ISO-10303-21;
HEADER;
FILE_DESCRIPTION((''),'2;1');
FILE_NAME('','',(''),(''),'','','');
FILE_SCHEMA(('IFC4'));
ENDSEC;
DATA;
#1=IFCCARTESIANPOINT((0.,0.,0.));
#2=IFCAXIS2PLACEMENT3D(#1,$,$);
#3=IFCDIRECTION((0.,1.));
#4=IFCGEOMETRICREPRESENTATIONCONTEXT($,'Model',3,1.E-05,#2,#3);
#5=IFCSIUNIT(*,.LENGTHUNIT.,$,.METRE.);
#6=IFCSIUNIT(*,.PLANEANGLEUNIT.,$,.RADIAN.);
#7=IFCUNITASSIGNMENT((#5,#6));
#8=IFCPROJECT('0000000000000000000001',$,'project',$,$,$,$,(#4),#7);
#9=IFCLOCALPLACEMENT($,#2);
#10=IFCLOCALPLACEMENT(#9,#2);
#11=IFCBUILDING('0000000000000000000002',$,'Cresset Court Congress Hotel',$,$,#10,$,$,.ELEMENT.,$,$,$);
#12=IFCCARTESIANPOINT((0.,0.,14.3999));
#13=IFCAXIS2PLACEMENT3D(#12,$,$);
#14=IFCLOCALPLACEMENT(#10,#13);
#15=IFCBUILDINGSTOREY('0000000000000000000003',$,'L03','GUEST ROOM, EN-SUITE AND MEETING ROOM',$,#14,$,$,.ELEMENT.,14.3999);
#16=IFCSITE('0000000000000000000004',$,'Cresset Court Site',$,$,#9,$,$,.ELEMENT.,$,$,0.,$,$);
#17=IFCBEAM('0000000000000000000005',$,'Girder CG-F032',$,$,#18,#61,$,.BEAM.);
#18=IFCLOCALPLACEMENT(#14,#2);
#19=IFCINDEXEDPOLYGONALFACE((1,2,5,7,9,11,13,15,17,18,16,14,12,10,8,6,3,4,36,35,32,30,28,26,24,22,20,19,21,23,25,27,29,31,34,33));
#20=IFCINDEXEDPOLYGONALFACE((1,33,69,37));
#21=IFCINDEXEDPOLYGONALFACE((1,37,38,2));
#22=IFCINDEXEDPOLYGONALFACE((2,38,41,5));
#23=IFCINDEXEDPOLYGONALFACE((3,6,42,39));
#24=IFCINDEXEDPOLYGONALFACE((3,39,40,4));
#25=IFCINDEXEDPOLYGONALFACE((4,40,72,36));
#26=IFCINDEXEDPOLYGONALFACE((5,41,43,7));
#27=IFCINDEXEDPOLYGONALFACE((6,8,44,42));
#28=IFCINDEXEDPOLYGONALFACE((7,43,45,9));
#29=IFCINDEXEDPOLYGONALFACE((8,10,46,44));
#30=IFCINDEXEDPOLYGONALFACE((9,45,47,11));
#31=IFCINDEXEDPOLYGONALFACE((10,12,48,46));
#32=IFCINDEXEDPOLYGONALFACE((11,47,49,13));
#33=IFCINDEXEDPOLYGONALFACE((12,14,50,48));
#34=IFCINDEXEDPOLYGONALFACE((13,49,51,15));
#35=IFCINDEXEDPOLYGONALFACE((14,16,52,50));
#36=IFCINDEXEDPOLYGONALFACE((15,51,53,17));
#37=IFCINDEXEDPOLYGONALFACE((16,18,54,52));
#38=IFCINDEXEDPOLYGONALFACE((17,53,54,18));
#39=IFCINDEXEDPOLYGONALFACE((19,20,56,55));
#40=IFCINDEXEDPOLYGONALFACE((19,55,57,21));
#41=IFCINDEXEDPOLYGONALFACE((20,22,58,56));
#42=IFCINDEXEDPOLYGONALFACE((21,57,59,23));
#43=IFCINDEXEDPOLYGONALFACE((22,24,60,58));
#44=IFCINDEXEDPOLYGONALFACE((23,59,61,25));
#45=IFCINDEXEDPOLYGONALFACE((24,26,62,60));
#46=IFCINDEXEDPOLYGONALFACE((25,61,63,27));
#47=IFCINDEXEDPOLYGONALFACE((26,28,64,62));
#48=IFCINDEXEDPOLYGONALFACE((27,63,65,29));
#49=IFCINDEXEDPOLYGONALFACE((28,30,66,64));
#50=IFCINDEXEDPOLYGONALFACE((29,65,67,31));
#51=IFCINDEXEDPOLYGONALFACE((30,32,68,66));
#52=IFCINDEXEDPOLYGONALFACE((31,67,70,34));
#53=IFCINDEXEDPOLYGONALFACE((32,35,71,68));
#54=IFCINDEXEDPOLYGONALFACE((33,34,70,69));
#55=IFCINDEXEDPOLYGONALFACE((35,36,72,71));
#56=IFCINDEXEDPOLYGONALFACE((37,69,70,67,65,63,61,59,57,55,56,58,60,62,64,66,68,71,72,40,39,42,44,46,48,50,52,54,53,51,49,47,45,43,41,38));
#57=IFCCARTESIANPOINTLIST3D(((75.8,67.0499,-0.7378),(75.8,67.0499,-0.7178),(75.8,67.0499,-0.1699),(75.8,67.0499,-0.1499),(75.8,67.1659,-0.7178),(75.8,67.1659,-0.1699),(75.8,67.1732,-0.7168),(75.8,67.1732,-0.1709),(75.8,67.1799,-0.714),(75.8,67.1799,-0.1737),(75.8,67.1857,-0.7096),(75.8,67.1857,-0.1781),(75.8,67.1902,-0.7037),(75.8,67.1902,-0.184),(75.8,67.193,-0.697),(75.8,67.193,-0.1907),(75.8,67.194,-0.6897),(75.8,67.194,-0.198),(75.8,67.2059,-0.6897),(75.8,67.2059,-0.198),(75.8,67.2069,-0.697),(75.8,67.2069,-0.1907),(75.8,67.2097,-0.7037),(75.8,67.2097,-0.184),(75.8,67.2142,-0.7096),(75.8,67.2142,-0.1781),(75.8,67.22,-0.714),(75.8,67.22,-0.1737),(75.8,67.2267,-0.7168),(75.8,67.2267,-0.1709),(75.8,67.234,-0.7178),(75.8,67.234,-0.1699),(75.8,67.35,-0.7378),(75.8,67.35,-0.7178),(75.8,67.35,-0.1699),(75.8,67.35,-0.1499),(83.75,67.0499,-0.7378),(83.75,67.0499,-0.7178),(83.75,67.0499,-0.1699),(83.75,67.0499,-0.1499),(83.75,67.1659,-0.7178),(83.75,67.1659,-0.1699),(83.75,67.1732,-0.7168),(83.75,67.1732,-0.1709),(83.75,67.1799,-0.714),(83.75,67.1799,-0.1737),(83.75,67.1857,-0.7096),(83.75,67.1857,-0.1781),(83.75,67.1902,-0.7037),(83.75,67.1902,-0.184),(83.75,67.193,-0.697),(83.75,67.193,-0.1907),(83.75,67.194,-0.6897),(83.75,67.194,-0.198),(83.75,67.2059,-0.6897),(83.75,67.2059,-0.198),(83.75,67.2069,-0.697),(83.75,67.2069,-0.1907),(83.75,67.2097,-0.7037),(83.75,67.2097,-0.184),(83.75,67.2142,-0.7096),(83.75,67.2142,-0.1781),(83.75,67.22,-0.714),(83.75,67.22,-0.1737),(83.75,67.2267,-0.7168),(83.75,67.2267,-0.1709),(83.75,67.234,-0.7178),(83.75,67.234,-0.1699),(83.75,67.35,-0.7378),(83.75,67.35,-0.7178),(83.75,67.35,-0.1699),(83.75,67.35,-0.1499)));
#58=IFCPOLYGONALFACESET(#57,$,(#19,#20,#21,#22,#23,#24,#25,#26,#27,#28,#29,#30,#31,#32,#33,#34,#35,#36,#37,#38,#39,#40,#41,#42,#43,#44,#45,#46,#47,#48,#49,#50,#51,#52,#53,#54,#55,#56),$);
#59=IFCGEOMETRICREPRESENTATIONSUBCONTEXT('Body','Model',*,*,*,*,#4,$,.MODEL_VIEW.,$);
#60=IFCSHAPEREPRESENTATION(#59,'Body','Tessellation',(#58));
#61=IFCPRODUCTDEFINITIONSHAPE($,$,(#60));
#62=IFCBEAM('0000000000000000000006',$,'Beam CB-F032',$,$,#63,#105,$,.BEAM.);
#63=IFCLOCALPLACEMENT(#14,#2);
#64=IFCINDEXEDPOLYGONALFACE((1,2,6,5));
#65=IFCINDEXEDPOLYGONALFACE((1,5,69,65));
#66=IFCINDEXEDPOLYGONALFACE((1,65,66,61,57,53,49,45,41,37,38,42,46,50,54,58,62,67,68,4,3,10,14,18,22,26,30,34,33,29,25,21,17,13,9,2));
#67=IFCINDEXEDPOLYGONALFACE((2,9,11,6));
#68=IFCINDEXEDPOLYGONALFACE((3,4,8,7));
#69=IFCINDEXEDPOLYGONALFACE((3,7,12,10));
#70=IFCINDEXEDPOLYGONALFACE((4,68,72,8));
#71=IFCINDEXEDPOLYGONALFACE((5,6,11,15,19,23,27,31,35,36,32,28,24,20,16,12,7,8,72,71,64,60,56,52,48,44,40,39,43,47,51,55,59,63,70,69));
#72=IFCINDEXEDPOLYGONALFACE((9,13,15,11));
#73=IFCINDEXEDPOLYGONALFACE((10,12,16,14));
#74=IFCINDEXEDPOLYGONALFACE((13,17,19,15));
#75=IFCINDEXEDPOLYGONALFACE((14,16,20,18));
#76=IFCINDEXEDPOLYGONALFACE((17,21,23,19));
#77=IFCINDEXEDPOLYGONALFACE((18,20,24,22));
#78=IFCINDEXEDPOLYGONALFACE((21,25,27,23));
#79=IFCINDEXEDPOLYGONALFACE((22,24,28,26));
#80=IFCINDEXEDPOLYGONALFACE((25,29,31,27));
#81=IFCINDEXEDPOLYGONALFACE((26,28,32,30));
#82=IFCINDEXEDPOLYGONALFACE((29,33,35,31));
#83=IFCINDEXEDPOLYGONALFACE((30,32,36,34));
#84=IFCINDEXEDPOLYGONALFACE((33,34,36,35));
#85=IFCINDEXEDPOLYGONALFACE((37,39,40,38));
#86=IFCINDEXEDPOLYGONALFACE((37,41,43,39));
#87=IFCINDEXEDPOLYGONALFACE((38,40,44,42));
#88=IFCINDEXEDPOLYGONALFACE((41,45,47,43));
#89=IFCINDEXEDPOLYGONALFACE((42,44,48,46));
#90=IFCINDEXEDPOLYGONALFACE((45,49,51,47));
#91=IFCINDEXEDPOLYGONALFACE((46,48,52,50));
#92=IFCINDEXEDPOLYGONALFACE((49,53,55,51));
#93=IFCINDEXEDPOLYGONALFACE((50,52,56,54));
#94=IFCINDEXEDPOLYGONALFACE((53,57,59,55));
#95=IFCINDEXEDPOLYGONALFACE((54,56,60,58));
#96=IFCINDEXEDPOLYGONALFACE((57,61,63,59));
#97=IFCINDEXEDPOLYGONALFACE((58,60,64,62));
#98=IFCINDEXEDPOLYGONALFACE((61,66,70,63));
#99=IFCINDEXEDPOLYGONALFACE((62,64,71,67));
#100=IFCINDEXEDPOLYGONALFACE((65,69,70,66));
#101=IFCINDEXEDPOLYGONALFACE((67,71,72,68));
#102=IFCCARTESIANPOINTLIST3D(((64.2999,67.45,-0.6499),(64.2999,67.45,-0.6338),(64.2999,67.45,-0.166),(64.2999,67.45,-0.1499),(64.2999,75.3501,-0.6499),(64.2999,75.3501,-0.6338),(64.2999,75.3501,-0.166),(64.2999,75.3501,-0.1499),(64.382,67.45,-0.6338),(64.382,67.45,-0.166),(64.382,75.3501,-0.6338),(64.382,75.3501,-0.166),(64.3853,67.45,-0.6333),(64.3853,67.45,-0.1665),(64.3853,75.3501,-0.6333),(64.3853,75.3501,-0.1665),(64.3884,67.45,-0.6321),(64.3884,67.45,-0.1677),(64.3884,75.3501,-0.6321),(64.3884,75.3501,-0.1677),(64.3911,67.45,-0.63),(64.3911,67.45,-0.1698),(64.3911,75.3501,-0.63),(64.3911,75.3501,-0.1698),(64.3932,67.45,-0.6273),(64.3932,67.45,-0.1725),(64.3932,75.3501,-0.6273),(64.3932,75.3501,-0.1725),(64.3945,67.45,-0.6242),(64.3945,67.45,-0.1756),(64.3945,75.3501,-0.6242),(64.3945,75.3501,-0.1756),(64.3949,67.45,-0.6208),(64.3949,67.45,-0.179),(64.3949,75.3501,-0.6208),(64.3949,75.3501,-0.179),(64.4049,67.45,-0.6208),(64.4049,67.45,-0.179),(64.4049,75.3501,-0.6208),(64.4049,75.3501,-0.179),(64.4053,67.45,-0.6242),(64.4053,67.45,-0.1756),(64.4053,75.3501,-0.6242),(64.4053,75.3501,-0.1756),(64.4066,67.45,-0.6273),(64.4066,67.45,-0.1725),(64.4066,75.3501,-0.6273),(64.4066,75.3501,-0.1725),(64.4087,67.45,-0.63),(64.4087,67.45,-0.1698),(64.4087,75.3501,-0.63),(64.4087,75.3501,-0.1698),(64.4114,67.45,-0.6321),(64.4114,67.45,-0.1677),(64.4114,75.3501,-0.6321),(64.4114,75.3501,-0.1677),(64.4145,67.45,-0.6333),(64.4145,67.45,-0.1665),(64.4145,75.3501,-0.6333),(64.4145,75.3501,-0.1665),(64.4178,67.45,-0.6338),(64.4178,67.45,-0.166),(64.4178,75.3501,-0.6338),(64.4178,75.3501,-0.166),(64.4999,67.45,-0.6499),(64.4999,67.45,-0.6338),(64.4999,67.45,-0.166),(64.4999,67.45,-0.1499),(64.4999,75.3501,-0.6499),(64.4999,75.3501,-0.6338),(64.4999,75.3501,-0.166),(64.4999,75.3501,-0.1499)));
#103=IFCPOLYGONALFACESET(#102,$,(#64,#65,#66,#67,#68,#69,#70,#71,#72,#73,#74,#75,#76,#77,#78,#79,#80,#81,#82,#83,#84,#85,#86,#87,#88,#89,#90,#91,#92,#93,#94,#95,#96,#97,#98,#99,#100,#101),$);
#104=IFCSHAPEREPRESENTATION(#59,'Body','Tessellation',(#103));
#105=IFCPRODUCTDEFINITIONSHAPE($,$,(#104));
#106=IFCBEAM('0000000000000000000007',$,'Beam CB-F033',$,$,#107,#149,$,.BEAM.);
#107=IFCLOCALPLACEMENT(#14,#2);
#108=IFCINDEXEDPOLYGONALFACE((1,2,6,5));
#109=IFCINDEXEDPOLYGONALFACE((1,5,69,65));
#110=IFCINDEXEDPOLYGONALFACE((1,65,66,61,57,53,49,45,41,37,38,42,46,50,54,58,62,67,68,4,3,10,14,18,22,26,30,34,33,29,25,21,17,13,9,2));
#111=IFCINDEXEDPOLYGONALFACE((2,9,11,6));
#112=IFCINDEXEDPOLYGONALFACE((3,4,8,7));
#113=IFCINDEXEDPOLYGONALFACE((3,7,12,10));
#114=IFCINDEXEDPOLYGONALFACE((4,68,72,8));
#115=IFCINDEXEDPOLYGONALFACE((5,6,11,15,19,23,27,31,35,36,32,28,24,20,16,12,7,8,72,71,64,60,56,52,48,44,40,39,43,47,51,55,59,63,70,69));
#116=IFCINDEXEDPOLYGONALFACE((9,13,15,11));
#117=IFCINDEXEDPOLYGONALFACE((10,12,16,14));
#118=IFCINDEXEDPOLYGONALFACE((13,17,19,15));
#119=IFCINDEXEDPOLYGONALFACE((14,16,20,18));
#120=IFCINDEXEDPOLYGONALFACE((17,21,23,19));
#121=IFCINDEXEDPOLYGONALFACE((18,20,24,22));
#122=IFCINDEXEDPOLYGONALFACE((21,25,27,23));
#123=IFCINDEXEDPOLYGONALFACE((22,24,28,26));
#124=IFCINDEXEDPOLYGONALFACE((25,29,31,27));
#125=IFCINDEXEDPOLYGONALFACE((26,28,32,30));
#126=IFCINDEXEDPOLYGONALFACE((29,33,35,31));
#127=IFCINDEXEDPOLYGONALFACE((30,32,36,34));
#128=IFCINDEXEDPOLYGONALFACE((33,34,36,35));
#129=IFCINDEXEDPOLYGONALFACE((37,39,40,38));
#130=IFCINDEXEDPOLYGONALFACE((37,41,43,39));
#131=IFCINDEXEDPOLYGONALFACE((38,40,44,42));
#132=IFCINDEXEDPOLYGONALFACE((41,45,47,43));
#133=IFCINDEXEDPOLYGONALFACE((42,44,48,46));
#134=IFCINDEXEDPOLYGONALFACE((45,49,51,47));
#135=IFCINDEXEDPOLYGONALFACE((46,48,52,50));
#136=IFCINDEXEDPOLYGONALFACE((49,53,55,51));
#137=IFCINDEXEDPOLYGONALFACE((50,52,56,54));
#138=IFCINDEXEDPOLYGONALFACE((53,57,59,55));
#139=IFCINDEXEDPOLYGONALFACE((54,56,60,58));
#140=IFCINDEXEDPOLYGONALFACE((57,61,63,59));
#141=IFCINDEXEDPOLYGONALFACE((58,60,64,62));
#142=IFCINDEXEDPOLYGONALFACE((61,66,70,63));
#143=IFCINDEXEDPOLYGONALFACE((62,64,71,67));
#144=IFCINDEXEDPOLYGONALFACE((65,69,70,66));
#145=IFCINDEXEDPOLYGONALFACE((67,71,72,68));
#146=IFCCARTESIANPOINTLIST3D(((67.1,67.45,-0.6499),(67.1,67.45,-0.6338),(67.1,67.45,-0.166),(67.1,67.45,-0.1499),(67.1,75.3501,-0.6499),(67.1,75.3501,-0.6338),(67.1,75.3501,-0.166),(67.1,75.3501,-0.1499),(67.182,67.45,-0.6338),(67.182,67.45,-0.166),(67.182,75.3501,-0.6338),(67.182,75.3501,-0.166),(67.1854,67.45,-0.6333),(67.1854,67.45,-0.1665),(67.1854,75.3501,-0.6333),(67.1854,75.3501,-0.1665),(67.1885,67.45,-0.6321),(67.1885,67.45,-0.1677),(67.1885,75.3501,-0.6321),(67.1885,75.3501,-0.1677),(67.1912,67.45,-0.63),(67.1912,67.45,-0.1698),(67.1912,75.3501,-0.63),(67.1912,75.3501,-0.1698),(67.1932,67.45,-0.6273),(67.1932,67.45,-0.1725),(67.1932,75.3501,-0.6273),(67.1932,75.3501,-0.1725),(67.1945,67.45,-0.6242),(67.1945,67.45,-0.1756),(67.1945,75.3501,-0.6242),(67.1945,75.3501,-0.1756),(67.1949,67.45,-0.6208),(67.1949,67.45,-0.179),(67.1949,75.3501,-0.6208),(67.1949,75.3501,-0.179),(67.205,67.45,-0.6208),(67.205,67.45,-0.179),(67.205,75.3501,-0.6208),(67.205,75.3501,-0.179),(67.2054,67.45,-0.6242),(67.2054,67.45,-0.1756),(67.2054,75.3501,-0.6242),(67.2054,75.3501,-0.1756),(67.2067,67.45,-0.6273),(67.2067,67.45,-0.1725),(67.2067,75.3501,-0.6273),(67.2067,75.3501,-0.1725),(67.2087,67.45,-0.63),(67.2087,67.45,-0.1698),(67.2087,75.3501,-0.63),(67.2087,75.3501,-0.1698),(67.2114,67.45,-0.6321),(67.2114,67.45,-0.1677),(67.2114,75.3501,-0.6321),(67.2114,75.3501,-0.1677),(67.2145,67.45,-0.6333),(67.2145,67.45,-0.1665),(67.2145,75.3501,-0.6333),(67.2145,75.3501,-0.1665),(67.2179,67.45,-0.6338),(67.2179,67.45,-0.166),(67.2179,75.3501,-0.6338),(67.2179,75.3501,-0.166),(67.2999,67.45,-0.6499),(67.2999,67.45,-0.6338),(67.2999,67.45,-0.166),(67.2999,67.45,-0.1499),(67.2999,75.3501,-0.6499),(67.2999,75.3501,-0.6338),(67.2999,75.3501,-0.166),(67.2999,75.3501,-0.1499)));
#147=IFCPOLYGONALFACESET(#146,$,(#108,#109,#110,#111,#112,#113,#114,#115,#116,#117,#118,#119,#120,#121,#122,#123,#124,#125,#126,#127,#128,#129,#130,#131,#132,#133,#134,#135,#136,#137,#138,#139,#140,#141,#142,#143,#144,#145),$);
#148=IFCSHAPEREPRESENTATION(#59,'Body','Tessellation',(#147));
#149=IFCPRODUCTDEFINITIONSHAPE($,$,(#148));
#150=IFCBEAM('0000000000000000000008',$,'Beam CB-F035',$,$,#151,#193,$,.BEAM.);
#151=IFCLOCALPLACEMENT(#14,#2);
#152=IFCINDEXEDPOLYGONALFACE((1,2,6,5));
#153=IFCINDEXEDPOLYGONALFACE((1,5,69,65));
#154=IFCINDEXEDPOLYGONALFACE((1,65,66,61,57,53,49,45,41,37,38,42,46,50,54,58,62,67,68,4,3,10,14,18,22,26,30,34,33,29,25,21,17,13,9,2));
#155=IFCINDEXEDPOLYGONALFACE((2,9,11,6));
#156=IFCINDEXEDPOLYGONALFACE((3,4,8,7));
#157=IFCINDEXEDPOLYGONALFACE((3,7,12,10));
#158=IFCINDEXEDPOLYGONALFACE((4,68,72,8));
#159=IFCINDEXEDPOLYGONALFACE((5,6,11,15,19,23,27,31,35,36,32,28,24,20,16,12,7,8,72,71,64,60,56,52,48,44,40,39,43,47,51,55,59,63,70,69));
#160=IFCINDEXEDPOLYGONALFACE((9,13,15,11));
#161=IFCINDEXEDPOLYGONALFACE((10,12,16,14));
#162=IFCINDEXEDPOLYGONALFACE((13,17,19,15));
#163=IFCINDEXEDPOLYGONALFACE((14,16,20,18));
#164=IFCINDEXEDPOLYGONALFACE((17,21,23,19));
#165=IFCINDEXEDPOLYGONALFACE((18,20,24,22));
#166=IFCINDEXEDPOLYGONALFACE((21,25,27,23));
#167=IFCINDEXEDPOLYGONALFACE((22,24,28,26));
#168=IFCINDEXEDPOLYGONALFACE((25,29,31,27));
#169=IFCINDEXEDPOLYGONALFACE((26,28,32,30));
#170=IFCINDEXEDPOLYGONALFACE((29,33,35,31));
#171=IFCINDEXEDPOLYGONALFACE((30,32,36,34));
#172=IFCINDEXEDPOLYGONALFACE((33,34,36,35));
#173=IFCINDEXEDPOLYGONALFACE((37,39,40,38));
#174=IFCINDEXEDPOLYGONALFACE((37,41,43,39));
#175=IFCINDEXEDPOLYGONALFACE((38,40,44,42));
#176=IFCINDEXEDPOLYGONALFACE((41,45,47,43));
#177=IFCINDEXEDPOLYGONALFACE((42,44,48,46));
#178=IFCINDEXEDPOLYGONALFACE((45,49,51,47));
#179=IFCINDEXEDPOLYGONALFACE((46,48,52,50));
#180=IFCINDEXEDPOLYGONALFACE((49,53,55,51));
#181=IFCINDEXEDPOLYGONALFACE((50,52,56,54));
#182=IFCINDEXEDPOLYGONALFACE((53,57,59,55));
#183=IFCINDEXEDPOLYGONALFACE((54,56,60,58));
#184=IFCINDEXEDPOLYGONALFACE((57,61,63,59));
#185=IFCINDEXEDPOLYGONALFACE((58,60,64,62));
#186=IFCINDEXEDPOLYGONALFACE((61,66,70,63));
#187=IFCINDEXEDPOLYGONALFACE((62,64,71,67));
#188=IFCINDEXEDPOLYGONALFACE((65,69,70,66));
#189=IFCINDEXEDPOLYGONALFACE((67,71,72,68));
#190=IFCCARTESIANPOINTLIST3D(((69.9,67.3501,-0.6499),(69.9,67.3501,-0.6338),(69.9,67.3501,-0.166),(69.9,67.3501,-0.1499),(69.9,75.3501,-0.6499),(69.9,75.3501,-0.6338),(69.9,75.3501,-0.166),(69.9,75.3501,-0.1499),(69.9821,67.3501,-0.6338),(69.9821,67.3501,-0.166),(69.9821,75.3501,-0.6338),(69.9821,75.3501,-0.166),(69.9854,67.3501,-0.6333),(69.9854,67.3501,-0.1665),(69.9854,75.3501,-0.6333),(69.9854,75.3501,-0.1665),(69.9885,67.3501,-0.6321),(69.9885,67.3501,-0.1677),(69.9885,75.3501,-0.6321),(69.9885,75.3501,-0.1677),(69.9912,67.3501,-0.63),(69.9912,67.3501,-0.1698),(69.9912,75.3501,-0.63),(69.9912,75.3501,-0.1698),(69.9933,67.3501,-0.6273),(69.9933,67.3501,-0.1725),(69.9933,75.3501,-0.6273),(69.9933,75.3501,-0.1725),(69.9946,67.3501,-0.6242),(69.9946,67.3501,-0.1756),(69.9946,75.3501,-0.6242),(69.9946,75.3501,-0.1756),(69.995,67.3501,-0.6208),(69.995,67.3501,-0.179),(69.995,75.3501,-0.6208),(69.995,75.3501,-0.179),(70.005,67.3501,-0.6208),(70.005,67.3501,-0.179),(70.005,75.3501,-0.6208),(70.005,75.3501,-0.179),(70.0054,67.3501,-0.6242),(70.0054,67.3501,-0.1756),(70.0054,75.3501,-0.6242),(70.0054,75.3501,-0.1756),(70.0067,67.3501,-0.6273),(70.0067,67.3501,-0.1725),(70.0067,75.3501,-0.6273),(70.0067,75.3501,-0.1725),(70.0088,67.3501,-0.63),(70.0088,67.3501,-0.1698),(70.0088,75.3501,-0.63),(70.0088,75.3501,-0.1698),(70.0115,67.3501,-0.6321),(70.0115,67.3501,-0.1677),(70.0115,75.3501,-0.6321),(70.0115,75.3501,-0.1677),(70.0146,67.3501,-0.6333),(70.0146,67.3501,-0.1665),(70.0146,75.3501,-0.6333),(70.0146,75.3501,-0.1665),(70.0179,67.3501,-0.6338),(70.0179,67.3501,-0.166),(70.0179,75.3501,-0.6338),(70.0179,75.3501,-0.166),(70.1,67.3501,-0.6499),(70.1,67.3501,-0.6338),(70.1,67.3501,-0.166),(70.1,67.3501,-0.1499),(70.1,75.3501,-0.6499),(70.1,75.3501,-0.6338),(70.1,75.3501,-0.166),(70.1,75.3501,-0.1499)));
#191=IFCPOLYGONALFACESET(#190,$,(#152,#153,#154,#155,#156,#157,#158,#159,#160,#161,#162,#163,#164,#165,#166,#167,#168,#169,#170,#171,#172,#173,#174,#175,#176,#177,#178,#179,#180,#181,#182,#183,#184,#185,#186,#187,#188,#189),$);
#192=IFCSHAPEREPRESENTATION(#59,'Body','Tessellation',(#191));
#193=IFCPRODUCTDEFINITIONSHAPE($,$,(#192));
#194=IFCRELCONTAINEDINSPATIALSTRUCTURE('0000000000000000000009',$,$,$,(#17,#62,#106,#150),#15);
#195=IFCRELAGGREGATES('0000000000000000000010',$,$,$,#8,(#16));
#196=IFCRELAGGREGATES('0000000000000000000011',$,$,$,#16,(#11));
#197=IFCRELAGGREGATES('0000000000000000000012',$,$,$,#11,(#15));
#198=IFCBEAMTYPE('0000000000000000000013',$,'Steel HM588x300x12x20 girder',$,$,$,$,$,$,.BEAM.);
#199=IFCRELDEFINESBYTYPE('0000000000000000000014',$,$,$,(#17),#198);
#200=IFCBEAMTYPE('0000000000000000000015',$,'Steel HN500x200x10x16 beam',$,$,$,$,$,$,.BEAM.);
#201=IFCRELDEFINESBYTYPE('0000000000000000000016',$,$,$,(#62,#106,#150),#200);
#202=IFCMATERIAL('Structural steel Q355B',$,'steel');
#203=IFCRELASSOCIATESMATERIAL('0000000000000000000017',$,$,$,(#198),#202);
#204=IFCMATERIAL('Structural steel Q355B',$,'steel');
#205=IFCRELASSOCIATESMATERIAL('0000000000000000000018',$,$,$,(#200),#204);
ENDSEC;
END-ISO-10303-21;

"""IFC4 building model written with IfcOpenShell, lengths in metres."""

from ifc_helpers import new_model, si_unit, direction, frame, origin, origin_2d, place, context, subcontext, project, spatial, i_section, extrude, material, material_profile, profile_set, type_object, element, save


model = new_model("IFC4")

# Units and contexts
model_context = context("Model", 3, precision=1e-05, world=origin(), true_north=direction((0.0, 1.0)))
body_context = subcontext(model_context, "Body", "Model", "MODEL_VIEW")
ifc_project = project(units=[si_unit("LENGTHUNIT", "METRE"), si_unit("PLANEANGLEUNIT", "RADIAN")], contexts=[model_context])

# Site, building, storey
site_placement = place(None, origin())
site = spatial("IfcSite", under=ifc_project, at=site_placement, Name="Cresset Court Site", CompositionType="ELEMENT", RefElevation=0.0)
building_placement = place(site_placement, origin())
building = spatial("IfcBuilding", under=site, at=building_placement, Name="Cresset Court Congress Hotel", CompositionType="ELEMENT")
storey_placement = place(building_placement, frame((0.0, 0.0, 14.3999)))
storey = spatial("IfcBuildingStorey", under=building, at=storey_placement, Name="L03", Description="GUEST ROOM, EN-SUITE AND MEETING ROOM", CompositionType="ELEMENT", Elevation=14.3999)

# Beams
ifc_material_1 = material(Name="Structural steel Q355B", Category="steel")
ifc_material_profile_1 = material_profile(ifc_material_1, i_section(OverallWidth=0.3, OverallDepth=0.5879, WebThickness=0.012, FlangeThickness=0.02, FilletRadius=0.0281, at=origin_2d()), Name="HM588x300x12x20")
ifc_profile_set_1 = profile_set([ifc_material_profile_1], Name="Structural steel Q355B")
beam_type_1 = type_object("IfcBeamType", Name="Steel HM588x300x12x20 girder", PredefinedType="BEAM", material=ifc_profile_set_1)
beam_placement = place(storey_placement, frame((75.8, 67.2, -0.4438), z_axis=(1.0, 0.0, 0.0), x_axis=(0.0, 1.0, 0.0)))
element("IfcBeam", 1, at=beam_placement, inside=storey, type_object=beam_type_1, Name="Girder CG-F032", PredefinedType="BEAM", context=body_context, shape_type="SweptSolid", body=[
    extrude(i_section(OverallWidth=0.3, OverallDepth=0.5879, WebThickness=0.012, FlangeThickness=0.02, FilletRadius=0.0281, at=origin_2d()), origin(), (0.0, 0.0, 1.0), 7.95),
])
ifc_material_2 = material(Name="Structural steel Q355B", Category="steel")
ifc_material_profile_2 = material_profile(ifc_material_2, i_section(OverallWidth=0.2, OverallDepth=0.5, WebThickness=0.01, FlangeThickness=0.0161, FilletRadius=0.0129, at=origin_2d()), Name="HN500x200x10x16")
ifc_profile_set_2 = profile_set([ifc_material_profile_2], Name="Structural steel Q355B")
beam_type_2 = type_object("IfcBeamType", Name="Steel HN500x200x10x16 beam", PredefinedType="BEAM", material=ifc_profile_set_2)
for number, where, z_axis, x_axis, name in (
    (2, (64.3999, 67.45, -0.3999), (0.0, 1.0, 0.0), (-1.0, 0.0, 0.0), "Beam CB-F032"),
    (3, (67.2, 67.45, -0.3999), (0.0, 1.0, 0.0), (-1.0, 0.0, 0.0), "Beam CB-F033"),
):
    element("IfcBeam", number, at=place(storey_placement, frame(where, z_axis=z_axis, x_axis=x_axis)), inside=storey, type_object=beam_type_2, Name=name, PredefinedType="BEAM", context=body_context, shape_type="SweptSolid", body=[
        extrude(i_section(OverallWidth=0.2, OverallDepth=0.5, WebThickness=0.01, FlangeThickness=0.0161, FilletRadius=0.0129, at=origin_2d()), origin(), (0.0, 0.0, 1.0), 7.9001),
    ])
for number, where, z_axis, x_axis, name in (
    (4, (70.0, 67.3501, -0.3999), (0.0, 1.0, 0.0), (-1.0, 0.0, 0.0), "Beam CB-F035"),
):
    element("IfcBeam", number, at=place(storey_placement, frame(where, z_axis=z_axis, x_axis=x_axis)), inside=storey, type_object=beam_type_2, Name=name, PredefinedType="BEAM", context=body_context, shape_type="SweptSolid", body=[
        extrude(i_section(OverallWidth=0.2, OverallDepth=0.5, WebThickness=0.01, FlangeThickness=0.0161, FilletRadius=0.0129, at=origin_2d()), origin(), (0.0, 0.0, 1.0), 8.0),
    ])

save(model, "model.ifc")
